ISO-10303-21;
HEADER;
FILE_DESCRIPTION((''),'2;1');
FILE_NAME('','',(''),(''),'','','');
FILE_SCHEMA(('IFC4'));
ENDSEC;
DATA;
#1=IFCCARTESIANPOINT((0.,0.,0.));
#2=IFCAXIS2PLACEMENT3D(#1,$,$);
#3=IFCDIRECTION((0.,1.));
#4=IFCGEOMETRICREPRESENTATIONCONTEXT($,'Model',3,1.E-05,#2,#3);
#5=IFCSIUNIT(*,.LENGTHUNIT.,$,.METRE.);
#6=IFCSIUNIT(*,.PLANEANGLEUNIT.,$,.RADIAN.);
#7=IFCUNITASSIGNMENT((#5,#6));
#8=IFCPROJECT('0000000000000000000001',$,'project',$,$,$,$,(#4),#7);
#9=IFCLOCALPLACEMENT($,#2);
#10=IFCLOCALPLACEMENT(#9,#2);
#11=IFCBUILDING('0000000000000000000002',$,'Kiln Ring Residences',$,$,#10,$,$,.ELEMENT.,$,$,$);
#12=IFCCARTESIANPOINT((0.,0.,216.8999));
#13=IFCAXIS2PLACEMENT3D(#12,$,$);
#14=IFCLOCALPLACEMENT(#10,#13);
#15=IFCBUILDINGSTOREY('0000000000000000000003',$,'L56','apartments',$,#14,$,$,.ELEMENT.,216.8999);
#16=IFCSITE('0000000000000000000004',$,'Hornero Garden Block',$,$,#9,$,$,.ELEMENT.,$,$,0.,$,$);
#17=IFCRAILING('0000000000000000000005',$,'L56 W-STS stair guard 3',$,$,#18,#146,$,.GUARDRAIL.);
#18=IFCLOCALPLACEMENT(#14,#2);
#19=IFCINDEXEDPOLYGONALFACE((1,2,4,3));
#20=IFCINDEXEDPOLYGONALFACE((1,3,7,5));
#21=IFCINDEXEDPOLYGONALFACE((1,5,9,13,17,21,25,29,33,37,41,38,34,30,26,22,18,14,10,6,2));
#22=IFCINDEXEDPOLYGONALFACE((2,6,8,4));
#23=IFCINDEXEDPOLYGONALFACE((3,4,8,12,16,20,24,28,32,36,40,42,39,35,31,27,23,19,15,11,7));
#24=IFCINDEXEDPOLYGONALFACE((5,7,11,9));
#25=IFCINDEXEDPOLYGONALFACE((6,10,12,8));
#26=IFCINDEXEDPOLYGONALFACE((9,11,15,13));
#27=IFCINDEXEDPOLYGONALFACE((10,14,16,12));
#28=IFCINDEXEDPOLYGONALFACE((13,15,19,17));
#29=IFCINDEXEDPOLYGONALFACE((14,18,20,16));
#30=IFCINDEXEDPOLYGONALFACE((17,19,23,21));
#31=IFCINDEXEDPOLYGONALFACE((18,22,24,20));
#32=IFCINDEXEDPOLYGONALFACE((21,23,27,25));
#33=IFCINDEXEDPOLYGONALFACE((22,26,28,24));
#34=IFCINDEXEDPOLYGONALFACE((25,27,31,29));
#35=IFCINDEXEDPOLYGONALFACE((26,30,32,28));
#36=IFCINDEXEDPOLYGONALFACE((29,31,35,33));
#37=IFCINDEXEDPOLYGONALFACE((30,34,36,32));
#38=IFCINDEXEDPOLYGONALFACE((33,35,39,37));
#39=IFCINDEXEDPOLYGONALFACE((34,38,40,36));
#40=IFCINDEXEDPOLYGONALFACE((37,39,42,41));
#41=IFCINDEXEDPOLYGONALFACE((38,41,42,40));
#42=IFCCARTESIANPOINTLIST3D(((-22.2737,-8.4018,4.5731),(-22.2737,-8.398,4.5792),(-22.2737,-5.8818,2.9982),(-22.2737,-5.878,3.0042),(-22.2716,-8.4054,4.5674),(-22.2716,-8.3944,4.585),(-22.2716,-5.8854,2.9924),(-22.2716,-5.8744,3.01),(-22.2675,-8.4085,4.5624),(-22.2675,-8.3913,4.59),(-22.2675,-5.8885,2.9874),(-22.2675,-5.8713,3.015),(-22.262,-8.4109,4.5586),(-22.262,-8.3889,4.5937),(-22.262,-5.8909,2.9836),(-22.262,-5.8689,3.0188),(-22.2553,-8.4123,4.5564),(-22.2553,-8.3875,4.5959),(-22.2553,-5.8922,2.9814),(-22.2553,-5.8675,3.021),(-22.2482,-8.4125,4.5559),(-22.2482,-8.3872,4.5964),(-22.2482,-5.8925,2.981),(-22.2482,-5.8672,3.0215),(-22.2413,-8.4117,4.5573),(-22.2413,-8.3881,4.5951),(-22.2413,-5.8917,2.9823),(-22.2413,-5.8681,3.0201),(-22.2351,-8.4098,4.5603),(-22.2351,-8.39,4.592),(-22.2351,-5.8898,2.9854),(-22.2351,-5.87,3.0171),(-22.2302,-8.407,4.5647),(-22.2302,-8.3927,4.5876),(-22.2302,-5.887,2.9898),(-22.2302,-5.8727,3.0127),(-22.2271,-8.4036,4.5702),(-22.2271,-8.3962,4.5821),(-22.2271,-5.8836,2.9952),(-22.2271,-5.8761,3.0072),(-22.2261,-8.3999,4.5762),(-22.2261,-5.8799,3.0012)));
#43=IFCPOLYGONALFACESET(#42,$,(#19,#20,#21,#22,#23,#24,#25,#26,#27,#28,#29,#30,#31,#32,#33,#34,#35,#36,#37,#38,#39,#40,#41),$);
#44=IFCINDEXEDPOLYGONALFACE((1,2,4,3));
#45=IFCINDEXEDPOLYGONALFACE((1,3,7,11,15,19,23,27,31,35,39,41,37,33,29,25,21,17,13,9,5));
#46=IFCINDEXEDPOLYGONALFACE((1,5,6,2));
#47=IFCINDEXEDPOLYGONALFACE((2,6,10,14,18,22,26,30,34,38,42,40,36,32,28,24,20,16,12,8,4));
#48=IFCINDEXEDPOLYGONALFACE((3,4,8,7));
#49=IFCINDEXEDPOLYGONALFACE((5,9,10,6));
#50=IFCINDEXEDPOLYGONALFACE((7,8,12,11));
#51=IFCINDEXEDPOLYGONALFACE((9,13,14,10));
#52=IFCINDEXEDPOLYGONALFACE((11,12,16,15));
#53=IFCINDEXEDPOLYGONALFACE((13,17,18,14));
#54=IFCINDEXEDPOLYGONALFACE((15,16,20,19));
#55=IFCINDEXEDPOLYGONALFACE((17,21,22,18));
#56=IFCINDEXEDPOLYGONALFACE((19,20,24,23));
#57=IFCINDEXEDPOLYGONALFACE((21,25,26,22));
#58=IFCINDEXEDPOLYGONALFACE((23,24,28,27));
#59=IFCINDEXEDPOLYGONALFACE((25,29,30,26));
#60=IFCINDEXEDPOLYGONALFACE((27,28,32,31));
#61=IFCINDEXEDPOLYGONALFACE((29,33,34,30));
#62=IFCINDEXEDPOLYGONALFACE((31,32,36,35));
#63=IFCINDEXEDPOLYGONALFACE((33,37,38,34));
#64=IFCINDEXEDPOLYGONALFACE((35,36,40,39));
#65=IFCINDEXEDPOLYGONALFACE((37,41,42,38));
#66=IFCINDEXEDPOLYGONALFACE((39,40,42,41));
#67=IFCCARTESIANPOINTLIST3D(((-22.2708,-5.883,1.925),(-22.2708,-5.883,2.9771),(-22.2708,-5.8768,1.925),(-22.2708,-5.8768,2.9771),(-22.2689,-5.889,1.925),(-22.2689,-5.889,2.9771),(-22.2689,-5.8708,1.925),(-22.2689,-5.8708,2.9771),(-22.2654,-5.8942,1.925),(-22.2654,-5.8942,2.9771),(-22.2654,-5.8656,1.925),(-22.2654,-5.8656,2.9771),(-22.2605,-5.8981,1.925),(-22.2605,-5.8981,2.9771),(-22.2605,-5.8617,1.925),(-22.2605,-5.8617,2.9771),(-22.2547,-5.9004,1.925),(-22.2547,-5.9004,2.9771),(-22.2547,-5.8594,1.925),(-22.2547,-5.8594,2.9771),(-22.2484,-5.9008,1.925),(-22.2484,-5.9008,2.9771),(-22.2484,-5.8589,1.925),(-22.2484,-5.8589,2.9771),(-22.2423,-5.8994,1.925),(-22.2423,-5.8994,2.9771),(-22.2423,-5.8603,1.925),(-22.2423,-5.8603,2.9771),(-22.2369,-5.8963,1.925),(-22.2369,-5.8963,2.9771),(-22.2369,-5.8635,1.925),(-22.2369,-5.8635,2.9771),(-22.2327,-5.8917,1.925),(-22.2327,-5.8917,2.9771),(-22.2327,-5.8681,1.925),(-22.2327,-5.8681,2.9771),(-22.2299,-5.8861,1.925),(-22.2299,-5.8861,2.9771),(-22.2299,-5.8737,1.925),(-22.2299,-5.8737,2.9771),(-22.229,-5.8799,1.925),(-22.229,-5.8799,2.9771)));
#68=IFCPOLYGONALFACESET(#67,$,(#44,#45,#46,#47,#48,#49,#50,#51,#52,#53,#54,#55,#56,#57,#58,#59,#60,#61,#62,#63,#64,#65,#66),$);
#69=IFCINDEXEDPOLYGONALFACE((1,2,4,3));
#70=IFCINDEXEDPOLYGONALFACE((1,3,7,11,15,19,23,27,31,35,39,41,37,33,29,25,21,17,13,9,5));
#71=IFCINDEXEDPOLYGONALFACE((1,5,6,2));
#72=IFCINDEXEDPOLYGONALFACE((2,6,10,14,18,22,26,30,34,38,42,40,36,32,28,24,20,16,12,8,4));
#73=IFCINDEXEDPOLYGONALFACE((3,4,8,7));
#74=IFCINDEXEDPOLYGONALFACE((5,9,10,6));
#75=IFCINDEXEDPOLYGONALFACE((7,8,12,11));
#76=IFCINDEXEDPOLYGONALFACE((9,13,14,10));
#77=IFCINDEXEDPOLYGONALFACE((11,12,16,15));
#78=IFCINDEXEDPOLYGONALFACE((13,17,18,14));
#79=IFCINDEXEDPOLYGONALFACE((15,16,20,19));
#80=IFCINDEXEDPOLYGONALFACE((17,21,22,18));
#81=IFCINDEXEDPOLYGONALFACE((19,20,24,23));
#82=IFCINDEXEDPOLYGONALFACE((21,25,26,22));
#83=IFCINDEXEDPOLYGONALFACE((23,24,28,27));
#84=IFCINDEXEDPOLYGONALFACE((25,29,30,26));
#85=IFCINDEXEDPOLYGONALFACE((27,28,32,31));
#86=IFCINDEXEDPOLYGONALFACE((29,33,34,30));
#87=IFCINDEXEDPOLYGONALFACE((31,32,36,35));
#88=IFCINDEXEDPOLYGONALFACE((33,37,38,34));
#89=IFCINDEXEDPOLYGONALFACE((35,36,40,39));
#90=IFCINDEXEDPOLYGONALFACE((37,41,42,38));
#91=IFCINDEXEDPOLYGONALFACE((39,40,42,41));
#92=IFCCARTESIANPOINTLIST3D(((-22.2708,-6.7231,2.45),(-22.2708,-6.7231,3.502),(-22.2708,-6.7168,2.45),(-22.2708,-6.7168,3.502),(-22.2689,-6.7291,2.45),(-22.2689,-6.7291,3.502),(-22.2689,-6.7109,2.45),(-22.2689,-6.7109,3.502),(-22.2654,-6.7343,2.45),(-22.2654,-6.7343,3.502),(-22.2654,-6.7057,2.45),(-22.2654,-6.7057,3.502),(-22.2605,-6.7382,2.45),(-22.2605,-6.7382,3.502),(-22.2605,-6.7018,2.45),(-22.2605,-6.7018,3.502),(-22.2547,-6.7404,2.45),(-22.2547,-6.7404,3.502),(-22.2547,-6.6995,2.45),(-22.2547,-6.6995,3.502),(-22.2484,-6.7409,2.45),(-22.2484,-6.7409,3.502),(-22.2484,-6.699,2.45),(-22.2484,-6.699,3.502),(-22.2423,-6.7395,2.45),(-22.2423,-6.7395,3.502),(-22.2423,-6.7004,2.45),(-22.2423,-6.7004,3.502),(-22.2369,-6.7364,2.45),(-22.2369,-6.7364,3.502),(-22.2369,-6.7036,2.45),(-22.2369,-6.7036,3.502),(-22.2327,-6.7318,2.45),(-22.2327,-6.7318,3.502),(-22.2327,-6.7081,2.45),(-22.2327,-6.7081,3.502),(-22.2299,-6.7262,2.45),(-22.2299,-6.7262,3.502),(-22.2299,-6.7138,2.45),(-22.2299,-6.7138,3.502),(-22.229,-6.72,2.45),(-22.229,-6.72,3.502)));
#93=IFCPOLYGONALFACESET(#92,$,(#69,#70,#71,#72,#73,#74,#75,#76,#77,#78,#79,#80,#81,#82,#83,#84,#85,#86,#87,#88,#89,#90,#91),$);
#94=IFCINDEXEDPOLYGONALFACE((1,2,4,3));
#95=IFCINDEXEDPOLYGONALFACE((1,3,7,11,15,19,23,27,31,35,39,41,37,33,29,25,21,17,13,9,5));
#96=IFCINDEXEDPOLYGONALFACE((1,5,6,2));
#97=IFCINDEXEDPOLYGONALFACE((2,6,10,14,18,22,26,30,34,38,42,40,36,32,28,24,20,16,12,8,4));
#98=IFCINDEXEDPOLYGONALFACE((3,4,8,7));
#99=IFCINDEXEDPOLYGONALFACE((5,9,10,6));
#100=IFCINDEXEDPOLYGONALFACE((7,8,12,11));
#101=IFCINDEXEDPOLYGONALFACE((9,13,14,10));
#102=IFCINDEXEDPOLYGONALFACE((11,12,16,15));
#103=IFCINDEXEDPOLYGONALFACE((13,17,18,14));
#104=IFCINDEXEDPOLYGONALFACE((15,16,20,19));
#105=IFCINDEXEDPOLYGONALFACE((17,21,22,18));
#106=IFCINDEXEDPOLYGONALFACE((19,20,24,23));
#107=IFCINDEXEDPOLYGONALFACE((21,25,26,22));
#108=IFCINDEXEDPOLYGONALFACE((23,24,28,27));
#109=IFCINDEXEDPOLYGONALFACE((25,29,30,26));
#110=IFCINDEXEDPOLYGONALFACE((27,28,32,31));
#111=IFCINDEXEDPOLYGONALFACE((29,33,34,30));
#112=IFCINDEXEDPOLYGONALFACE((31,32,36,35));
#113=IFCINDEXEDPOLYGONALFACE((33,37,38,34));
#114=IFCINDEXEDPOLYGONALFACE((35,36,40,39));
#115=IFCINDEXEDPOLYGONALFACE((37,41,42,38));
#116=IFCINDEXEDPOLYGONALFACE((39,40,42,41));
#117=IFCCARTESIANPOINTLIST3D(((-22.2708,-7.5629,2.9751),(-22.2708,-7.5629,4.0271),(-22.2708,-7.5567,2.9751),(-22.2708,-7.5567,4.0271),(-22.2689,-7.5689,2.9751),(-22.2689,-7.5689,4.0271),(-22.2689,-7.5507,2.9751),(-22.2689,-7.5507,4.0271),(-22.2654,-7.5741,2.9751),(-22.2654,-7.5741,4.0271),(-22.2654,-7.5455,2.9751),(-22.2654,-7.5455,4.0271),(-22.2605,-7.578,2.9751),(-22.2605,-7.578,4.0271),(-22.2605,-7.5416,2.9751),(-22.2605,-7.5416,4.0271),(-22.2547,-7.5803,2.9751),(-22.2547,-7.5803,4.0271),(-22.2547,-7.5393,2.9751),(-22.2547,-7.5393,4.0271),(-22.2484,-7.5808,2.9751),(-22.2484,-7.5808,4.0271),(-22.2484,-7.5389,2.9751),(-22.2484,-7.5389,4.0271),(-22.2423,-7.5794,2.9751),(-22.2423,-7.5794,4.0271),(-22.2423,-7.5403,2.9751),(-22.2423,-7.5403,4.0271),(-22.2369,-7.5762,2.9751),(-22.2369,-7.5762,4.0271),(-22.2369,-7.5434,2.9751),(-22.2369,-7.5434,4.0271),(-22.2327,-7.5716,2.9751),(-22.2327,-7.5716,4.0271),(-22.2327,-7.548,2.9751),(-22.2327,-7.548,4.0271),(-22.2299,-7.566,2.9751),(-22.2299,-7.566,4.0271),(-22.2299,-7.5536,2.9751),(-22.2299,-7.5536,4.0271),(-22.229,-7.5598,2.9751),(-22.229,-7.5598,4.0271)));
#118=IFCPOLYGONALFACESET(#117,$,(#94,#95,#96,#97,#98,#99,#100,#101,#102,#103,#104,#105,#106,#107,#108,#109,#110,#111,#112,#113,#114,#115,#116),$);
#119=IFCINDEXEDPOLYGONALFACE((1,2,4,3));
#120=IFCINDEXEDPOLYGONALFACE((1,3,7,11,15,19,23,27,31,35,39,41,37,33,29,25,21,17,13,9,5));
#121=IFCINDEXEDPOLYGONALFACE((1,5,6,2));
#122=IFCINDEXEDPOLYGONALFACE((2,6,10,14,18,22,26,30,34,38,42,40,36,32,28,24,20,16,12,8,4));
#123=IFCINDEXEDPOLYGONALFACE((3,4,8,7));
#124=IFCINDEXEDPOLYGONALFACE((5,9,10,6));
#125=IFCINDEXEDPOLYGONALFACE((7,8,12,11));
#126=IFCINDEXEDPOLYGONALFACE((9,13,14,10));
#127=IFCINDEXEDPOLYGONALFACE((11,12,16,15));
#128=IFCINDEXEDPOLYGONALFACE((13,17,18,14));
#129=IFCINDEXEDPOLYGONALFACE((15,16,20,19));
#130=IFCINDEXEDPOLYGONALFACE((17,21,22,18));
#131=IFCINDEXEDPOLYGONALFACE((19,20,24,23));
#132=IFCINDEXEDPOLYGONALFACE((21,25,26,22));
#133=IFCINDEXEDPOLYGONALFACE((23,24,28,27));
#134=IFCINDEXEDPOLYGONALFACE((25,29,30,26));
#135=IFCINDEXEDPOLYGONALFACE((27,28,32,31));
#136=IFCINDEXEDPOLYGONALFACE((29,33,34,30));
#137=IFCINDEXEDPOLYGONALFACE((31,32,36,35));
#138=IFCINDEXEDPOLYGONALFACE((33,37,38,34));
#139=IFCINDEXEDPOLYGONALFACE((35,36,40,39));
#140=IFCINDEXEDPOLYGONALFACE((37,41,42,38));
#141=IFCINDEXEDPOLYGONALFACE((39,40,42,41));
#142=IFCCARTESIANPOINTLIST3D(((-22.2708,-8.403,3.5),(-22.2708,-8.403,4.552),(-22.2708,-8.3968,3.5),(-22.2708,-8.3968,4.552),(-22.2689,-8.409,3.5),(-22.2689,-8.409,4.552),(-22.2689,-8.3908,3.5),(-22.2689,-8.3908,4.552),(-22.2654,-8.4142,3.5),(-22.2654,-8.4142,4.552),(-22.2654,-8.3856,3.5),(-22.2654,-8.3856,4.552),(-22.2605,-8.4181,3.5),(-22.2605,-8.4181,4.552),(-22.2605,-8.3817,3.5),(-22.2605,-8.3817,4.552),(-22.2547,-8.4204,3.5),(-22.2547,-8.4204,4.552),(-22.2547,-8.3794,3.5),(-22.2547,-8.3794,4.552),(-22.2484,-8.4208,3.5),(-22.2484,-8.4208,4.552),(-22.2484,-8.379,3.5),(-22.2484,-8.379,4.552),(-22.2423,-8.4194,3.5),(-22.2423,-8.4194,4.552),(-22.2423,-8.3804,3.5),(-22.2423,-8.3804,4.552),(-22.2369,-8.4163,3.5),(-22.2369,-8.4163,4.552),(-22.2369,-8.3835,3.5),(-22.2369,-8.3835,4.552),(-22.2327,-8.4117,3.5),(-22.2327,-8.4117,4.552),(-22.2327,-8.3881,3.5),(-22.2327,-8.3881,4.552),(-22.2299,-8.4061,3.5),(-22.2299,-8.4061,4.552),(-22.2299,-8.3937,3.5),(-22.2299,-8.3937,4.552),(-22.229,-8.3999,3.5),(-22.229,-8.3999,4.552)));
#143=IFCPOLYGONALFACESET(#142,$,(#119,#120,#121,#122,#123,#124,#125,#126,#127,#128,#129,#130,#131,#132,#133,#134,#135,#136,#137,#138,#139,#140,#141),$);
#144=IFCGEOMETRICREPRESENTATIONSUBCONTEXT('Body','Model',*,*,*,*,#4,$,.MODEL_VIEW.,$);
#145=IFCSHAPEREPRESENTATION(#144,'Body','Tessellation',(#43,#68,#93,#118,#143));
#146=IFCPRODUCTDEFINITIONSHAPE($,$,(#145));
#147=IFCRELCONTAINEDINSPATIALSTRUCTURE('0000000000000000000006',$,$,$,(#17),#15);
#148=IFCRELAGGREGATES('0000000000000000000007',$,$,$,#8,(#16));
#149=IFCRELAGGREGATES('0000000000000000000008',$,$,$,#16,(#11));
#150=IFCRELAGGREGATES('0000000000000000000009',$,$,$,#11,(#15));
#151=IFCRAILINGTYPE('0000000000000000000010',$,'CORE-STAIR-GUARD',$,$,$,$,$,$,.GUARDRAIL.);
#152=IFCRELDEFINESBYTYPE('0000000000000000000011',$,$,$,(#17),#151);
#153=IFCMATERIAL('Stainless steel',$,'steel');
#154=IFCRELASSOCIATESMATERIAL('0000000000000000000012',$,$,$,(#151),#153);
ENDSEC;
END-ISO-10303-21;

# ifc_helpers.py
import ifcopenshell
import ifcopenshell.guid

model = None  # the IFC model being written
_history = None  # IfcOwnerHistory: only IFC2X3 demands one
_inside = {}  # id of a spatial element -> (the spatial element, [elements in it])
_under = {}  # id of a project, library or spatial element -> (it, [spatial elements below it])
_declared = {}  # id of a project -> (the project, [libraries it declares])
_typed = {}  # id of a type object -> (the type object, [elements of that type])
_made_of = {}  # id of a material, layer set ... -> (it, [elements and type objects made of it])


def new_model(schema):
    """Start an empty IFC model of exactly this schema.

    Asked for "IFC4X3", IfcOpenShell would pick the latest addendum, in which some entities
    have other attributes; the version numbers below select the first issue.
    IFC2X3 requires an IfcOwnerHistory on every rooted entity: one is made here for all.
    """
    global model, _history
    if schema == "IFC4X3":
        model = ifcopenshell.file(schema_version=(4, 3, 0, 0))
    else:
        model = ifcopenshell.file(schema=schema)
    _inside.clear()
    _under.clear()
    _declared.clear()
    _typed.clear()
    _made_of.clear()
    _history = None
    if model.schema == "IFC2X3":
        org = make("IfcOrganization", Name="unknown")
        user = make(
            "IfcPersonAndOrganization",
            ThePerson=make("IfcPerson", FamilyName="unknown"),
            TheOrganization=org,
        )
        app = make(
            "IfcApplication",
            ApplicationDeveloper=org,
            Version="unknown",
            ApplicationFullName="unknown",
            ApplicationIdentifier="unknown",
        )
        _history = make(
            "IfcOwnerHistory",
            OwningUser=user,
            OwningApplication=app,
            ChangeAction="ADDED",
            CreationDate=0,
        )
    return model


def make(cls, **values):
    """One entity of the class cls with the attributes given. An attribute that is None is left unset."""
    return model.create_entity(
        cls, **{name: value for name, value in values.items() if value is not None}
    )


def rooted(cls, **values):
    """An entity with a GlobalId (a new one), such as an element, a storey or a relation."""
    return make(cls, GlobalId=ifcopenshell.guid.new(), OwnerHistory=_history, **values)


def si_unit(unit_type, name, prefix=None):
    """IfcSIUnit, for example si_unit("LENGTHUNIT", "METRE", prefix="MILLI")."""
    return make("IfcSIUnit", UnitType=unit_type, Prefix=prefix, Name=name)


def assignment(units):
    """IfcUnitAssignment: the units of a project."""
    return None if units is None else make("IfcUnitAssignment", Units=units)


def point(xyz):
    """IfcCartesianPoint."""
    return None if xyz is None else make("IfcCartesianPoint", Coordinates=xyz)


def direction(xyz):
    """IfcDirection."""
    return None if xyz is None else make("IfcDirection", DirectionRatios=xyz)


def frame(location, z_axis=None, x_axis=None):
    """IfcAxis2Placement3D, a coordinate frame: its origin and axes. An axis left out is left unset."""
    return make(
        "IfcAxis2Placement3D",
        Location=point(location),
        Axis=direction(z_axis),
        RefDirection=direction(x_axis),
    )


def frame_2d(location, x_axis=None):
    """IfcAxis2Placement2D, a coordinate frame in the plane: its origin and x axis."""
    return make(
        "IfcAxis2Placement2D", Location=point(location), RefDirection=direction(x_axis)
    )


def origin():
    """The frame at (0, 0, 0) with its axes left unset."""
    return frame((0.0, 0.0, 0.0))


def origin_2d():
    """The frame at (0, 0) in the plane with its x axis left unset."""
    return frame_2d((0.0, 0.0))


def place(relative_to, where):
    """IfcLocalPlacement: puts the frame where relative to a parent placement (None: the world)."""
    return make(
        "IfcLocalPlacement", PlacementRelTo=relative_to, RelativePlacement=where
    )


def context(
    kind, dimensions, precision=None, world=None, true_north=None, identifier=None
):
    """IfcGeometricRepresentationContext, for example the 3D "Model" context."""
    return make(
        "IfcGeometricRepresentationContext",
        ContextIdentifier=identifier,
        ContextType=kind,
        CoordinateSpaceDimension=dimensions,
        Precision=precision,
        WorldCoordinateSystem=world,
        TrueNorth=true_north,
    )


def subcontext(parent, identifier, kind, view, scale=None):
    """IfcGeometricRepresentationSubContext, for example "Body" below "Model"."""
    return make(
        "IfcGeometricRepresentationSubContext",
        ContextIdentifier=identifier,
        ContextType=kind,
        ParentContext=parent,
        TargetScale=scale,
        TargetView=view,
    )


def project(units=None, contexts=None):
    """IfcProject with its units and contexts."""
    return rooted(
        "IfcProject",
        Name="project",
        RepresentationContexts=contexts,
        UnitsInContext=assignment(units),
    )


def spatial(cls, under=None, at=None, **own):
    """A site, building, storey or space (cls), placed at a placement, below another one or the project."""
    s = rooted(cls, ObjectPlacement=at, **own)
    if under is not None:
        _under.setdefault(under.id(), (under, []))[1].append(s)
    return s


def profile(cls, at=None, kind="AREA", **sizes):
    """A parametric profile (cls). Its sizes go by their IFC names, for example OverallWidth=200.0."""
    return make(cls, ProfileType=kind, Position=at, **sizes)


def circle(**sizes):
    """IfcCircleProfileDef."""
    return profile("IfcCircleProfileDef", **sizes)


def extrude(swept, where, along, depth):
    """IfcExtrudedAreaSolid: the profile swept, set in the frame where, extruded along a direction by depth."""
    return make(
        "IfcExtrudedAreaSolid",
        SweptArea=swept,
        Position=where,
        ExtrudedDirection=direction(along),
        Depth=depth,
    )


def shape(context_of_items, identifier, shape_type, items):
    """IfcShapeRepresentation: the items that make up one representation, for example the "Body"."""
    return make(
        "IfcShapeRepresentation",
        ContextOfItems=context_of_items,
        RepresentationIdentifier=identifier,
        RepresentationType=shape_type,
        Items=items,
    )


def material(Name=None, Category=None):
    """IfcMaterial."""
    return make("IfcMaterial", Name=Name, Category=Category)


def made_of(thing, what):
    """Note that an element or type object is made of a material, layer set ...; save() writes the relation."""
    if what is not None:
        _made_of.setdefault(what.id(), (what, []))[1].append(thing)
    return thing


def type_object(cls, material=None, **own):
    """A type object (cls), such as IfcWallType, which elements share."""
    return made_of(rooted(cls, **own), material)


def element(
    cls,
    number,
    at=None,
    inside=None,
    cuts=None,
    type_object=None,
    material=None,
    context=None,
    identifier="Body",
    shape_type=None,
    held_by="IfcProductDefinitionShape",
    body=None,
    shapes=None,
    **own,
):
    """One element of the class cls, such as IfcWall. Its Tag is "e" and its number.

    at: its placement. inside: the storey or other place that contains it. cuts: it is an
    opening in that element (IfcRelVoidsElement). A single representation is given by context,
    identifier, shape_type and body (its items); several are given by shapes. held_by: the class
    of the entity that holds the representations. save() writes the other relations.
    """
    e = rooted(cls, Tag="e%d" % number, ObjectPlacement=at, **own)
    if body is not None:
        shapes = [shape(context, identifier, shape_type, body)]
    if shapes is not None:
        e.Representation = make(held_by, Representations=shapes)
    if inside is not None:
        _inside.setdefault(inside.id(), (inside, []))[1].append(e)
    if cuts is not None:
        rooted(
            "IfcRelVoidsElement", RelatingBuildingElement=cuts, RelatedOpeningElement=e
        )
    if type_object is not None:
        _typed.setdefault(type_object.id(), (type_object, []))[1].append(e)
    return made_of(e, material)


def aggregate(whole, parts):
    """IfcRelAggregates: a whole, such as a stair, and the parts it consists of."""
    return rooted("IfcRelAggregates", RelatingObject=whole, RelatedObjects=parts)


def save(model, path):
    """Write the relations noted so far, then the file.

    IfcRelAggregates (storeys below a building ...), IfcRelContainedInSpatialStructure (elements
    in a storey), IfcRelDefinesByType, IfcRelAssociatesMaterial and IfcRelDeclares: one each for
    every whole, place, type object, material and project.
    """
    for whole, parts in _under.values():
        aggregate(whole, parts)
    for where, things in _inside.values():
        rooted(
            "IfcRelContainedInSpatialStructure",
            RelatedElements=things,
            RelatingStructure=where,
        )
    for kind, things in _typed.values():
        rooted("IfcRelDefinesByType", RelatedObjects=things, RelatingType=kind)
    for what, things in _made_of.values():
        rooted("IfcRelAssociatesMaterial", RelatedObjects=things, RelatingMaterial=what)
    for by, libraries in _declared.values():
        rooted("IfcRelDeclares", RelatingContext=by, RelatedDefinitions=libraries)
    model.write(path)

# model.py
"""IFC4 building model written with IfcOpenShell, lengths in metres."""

from ifc_helpers import new_model, si_unit, direction, frame, origin, origin_2d, place, context, subcontext, project, spatial, circle, extrude, material, type_object, element, save


model = new_model("IFC4")

# Units and contexts
model_context = context("Model", 3, precision=1e-05, world=origin(), true_north=direction((0.0, 1.0)))
body_context = subcontext(model_context, "Body", "Model", "MODEL_VIEW")
ifc_project = project(units=[si_unit("LENGTHUNIT", "METRE"), si_unit("PLANEANGLEUNIT", "RADIAN")], contexts=[model_context])

# Site, building, storey
site_placement = place(None, origin())
site = spatial("IfcSite", under=ifc_project, at=site_placement, Name="Hornero Garden Block", CompositionType="ELEMENT", RefElevation=0.0)
building_placement = place(site_placement, origin())
building = spatial("IfcBuilding", under=site, at=building_placement, Name="Kiln Ring Residences", CompositionType="ELEMENT")
storey_placement = place(building_placement, frame((0.0, 0.0, 216.8999)))
storey = spatial("IfcBuildingStorey", under=building, at=storey_placement, Name="L56", Description="apartments", CompositionType="ELEMENT", Elevation=216.8999)

# Railing
ifc_material_1 = material(Name="Stainless steel", Category="steel")
railing_type_1 = type_object("IfcRailingType", Name="CORE-STAIR-GUARD", PredefinedType="GUARDRAIL", material=ifc_material_1)
railing_1_placement = place(storey_placement, frame((-22.25, -5.8799, 1.925)))
element("IfcRailing", 1, at=railing_1_placement, inside=storey, type_object=railing_type_1, Name="L56 W-STS stair guard 3", PredefinedType="GUARDRAIL", context=body_context, shape_type="SweptSolid", body=[
    extrude(circle(Radius=0.0239, at=origin_2d()), frame((0.0, 0.0, 1.0762), z_axis=(0.0, -0.848008, 0.529984), x_axis=(1.0, 0.0, 0.0)), (0.0, 0.0, 1.0), 2.9717),
    extrude(circle(Radius=0.021, at=origin_2d()), origin(), (0.0, 0.0, 1.0), 1.052),
    extrude(circle(Radius=0.021, at=origin_2d()), frame((0.0, -0.8401, 0.5249)), (0.0, 0.0, 1.0), 1.052),
    extrude(circle(Radius=0.021, at=origin_2d()), frame((0.0, -1.6799, 1.05)), (0.0, 0.0, 1.0), 1.052),
    extrude(circle(Radius=0.021, at=origin_2d()), frame((0.0, -2.52, 1.575)), (0.0, 0.0, 1.0), 1.052),
])

save(model, "model.ifc")
